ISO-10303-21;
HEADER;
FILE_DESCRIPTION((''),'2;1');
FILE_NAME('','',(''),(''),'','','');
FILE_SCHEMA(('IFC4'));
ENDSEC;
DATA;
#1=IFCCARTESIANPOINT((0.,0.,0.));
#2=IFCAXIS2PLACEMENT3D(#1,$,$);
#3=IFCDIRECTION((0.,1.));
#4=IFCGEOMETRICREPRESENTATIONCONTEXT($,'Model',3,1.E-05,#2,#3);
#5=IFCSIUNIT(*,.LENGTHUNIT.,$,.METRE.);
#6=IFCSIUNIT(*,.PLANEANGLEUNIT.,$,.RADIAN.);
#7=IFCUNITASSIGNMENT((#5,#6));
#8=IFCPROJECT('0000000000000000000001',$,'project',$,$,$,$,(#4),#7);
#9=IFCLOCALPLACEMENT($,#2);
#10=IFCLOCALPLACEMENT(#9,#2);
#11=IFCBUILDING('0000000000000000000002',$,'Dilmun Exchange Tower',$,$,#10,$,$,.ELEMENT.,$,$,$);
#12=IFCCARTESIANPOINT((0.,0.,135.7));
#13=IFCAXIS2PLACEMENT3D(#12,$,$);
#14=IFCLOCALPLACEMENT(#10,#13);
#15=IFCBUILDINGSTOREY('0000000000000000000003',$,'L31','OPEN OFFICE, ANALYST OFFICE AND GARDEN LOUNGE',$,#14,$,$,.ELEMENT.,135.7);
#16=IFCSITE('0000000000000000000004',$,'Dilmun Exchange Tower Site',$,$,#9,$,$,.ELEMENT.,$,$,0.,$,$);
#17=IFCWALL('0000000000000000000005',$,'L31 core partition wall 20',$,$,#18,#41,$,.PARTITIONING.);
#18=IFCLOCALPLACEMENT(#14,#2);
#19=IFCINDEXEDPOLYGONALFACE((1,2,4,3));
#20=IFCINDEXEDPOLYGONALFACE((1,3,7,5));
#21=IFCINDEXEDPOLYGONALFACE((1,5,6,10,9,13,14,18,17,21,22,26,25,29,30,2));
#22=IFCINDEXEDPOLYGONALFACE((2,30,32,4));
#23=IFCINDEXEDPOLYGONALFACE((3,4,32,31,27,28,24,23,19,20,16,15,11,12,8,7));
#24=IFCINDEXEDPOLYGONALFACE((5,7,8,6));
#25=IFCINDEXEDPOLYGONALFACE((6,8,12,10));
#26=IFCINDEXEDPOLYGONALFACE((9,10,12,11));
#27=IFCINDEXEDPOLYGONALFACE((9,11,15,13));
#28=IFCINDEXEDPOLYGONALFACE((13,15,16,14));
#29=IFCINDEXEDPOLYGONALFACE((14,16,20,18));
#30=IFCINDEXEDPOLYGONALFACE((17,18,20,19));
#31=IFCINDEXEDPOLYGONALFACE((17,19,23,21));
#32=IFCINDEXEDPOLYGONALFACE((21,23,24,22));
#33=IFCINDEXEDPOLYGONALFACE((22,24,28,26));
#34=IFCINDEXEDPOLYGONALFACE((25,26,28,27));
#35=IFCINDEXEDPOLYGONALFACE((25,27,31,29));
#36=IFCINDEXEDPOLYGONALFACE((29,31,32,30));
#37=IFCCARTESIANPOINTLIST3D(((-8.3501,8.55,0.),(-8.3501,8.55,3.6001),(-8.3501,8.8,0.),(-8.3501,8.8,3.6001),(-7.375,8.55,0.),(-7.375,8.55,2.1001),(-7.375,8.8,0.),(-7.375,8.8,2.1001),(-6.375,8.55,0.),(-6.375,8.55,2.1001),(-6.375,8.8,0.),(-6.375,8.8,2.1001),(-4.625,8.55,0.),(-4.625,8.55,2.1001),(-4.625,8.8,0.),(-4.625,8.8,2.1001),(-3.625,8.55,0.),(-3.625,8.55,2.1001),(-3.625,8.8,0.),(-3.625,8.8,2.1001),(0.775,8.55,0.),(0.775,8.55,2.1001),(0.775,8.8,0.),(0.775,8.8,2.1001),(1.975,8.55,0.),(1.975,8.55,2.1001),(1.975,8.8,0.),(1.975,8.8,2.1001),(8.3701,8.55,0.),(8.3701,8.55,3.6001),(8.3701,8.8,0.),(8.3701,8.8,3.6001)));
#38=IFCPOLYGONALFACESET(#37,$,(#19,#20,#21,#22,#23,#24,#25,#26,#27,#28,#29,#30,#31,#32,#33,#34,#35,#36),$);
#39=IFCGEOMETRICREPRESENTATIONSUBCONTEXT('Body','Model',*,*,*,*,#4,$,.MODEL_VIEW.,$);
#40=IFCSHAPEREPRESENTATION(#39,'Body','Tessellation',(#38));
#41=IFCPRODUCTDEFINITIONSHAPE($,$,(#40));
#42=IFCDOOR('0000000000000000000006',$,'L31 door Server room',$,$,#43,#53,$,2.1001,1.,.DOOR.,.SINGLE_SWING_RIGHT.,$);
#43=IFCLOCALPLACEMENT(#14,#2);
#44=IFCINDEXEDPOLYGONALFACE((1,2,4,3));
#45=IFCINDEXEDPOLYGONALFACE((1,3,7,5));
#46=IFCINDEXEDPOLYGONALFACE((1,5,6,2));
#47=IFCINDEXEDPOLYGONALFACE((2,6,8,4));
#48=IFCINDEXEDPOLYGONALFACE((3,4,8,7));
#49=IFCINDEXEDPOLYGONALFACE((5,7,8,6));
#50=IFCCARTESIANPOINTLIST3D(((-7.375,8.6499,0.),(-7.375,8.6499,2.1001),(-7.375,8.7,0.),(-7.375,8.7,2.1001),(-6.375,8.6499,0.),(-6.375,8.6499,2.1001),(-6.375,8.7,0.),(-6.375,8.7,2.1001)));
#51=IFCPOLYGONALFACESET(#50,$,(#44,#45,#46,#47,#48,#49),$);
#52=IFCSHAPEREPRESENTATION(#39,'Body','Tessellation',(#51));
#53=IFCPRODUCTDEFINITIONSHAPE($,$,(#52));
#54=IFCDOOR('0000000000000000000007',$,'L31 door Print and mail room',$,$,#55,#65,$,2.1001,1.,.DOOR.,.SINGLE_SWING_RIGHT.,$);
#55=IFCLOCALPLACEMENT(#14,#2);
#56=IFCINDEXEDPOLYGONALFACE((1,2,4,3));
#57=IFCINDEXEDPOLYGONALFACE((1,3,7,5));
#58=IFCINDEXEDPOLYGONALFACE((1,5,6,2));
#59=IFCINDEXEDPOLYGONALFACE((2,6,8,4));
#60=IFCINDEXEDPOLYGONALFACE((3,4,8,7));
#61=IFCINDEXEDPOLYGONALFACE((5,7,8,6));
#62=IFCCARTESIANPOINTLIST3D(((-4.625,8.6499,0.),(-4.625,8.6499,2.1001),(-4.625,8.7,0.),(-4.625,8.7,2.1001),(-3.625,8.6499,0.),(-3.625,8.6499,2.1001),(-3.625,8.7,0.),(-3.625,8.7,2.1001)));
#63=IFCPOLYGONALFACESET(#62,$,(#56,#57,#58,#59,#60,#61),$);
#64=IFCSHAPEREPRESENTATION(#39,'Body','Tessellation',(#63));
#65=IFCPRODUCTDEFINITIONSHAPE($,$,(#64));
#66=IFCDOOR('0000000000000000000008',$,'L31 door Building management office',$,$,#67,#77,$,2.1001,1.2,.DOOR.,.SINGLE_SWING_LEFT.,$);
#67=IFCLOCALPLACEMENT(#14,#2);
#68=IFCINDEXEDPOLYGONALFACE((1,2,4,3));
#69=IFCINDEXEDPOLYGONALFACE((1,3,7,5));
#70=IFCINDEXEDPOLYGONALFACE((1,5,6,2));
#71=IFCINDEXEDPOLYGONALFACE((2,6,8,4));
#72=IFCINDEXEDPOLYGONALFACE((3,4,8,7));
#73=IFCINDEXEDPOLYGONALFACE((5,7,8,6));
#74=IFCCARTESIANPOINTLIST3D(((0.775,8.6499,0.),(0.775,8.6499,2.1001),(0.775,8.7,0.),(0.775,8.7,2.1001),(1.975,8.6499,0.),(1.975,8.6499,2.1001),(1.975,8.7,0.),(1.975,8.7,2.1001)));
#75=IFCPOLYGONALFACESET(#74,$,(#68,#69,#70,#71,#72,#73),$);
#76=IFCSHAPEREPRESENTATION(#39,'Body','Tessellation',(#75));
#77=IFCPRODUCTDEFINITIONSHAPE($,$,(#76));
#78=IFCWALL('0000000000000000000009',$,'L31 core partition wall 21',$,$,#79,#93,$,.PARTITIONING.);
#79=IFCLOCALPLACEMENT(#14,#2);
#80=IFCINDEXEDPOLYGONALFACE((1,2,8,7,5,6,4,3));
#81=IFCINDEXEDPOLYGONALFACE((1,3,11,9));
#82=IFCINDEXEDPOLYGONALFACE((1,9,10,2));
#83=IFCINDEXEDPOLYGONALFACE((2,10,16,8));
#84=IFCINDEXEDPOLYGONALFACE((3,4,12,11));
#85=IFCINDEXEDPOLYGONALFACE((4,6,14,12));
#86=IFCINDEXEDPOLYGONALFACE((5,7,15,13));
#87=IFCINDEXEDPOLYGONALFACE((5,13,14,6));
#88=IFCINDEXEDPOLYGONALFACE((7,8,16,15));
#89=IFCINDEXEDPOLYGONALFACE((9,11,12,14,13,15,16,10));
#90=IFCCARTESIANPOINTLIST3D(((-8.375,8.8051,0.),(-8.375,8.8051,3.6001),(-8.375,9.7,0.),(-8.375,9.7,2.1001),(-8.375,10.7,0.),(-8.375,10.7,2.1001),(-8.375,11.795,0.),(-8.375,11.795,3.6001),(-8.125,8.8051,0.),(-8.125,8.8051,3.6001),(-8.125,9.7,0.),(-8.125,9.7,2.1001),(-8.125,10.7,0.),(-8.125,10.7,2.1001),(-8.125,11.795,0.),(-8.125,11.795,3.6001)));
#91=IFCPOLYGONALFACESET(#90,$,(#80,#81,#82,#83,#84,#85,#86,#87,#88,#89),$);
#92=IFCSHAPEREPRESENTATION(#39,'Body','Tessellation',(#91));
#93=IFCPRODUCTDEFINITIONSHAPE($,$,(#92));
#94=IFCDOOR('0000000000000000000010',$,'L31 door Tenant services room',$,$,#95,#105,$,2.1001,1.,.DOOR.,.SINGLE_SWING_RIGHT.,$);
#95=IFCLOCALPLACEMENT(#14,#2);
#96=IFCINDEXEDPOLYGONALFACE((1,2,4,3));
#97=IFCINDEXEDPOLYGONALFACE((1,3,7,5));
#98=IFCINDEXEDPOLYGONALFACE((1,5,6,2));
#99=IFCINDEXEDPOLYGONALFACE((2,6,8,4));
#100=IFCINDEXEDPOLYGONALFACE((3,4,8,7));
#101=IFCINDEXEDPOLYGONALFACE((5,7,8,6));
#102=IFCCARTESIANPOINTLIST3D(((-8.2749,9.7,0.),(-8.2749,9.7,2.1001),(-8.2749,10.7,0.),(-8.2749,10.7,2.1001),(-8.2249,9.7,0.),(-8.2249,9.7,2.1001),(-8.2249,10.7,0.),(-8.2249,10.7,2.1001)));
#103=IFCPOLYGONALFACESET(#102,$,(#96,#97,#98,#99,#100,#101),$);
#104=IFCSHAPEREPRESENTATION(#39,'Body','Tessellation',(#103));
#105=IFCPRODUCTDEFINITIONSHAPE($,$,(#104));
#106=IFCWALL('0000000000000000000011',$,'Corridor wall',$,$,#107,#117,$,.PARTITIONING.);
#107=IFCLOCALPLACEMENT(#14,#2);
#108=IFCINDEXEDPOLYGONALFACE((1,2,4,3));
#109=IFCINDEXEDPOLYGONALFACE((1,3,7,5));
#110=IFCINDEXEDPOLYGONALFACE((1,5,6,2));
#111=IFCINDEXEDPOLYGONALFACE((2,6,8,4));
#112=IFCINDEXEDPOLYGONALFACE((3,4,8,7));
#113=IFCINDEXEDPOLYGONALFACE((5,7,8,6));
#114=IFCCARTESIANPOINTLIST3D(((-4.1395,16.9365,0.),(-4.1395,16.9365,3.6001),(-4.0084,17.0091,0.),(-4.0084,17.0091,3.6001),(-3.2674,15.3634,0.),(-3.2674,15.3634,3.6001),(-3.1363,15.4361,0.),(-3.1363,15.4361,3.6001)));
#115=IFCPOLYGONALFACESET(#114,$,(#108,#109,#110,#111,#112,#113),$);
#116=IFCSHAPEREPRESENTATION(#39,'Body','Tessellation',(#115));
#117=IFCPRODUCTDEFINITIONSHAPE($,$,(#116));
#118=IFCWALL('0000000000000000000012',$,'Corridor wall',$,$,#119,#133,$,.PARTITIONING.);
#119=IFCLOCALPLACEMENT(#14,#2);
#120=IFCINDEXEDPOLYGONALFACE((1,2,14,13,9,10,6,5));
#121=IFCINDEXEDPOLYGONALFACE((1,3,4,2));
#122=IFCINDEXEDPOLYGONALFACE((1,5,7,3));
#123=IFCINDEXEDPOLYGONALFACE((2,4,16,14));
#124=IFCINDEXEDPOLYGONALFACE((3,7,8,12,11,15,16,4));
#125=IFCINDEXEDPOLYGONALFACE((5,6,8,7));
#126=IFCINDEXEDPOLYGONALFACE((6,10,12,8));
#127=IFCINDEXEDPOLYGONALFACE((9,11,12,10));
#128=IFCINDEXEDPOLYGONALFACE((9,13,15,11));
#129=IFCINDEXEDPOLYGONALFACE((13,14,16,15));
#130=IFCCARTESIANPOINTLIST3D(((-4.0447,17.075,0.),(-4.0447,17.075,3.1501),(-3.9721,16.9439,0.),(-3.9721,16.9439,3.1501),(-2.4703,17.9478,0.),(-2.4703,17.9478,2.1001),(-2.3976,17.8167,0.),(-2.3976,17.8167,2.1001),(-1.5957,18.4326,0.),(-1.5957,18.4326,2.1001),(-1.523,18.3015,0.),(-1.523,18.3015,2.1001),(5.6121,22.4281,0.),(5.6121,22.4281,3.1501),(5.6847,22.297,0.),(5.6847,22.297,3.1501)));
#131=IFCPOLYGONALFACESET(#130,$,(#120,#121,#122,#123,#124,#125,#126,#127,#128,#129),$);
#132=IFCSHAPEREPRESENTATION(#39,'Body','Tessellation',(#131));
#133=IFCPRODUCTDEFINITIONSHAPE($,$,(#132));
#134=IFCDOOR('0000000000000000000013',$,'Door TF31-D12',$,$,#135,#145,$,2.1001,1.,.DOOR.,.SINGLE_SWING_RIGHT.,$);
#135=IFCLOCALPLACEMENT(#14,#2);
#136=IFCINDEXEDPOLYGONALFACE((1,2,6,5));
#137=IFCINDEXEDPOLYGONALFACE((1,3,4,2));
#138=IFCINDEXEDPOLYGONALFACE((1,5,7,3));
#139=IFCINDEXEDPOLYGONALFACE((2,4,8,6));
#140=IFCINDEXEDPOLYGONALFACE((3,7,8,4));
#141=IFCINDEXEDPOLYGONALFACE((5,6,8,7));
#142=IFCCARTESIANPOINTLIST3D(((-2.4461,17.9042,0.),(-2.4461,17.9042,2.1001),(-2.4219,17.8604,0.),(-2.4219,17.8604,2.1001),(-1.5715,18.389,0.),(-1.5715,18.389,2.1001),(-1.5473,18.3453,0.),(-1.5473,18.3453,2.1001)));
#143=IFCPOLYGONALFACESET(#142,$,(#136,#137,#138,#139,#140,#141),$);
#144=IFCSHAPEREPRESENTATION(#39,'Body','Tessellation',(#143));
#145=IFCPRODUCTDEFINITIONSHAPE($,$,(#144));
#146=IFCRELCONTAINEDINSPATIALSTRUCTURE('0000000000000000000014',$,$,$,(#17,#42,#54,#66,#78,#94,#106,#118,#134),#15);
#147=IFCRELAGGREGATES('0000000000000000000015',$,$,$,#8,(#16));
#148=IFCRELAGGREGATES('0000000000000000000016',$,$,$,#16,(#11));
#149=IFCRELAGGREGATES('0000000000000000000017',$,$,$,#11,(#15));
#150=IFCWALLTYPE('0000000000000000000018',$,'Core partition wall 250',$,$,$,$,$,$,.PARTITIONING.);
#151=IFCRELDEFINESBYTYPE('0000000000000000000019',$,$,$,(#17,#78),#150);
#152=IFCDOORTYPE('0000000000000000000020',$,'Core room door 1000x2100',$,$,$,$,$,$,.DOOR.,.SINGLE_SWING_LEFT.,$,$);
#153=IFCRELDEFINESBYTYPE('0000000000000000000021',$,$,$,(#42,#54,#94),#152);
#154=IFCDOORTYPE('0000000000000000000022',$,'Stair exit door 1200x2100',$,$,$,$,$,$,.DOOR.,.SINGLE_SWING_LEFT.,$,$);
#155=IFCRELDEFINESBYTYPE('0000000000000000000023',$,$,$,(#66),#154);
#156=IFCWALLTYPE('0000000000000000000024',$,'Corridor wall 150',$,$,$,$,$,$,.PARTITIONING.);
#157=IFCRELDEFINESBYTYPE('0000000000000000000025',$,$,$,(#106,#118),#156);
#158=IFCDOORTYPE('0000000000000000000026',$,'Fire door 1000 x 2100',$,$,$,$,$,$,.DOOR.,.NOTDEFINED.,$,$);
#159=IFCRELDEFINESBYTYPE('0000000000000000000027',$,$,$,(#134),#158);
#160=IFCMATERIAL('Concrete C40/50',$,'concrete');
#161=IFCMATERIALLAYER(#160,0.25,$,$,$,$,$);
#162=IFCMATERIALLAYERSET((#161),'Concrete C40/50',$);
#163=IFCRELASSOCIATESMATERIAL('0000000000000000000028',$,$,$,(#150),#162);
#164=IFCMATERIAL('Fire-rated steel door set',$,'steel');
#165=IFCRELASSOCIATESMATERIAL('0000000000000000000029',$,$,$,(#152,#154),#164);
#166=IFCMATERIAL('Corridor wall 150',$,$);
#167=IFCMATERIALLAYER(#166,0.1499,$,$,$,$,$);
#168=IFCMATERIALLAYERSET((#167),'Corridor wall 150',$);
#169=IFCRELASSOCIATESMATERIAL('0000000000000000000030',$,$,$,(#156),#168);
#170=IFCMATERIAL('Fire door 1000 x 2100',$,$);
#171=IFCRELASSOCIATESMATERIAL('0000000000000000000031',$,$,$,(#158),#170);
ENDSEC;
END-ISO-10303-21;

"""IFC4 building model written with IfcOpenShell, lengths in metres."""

from ifc_helpers import new_model, si_unit, direction, frame, frame_2d, origin, place, context, subcontext, project, spatial, rectangle, extrude, material, layer, layer_set, type_object, element, fill, save


model = new_model("IFC4")

# Units and contexts
model_context = context("Model", 3, precision=1e-05, world=origin(), true_north=direction((0.0, 1.0)))
body_context = subcontext(model_context, "Body", "Model", "MODEL_VIEW")
ifc_project = project(units=[si_unit("LENGTHUNIT", "METRE"), si_unit("PLANEANGLEUNIT", "RADIAN")], contexts=[model_context])

# Site, building, storey
site_placement = place(None, origin())
site = spatial("IfcSite", under=ifc_project, at=site_placement, Name="Dilmun Exchange Tower Site", CompositionType="ELEMENT", RefElevation=0.0)
building_placement = place(site_placement, origin())
building = spatial("IfcBuilding", under=site, at=building_placement, Name="Dilmun Exchange Tower", CompositionType="ELEMENT")
storey_placement = place(building_placement, frame((0.0, 0.0, 135.7)))
storey = spatial("IfcBuildingStorey", under=building, at=storey_placement, Name="L31", Description="OPEN OFFICE, ANALYST OFFICE AND GARDEN LOUNGE", CompositionType="ELEMENT", Elevation=135.7)

# Shared definitions
ifc_material_1 = material(Name="Concrete C40/50", Category="concrete")

# Shared definitions
ifc_material_2 = material(Name="Fire-rated steel door set", Category="steel")

# Shared definitions
ifc_layer_1 = layer(ifc_material_1, 0.25)
ifc_layer_set_1 = layer_set([ifc_layer_1], Name="Concrete C40/50")
wall_type_1 = type_object("IfcWallType", Name="Core partition wall 250", PredefinedType="PARTITIONING", material=ifc_layer_set_1)

# Wall, openings, doors
wall_1_placement = place(storey_placement, frame((-8.3501, 8.675, 0.0), z_axis=(0.0, 0.0, 1.0), x_axis=(1.0, 0.0, 0.0)))
wall_1 = element("IfcWall", 1, at=wall_1_placement, inside=storey, type_object=wall_type_1, Name="L31 core partition wall 20", PredefinedType="PARTITIONING", context=body_context, shape_type="SweptSolid", body=[
    extrude(rectangle(XDim=16.7202, YDim=0.25, at=frame_2d((8.3601, 0.0))), origin(), (0.0, 0.0, 1.0), 3.6001),
])
opening_1_placement = place(wall_1_placement, frame((0.9751, 0.0, 0.0)))
opening_1 = element("IfcOpeningElement", 2, at=opening_1_placement, cuts=wall_1, PredefinedType="OPENING", context=body_context, shape_type="SweptSolid", body=[
    extrude(rectangle(XDim=1.0, YDim=2.1001, at=frame_2d((0.5, 1.05))), frame((0.0, 0.135, 0.0), z_axis=(0.0, -1.0, 0.0), x_axis=(1.0, 0.0, 0.0)), (0.0, 0.0, 1.0), 0.27),
])
opening_2_placement = place(wall_1_placement, frame((3.7251, 0.0, 0.0)))
opening_2 = element("IfcOpeningElement", 3, at=opening_2_placement, cuts=wall_1, PredefinedType="OPENING", context=body_context, shape_type="SweptSolid", body=[
    extrude(rectangle(XDim=1.0, YDim=2.1001, at=frame_2d((0.5, 1.05))), frame((0.0, 0.135, 0.0), z_axis=(0.0, -1.0, 0.0), x_axis=(1.0, 0.0, 0.0)), (0.0, 0.0, 1.0), 0.27),
])
opening_3_placement = place(wall_1_placement, frame((9.125, 0.0, 0.0)))
opening_3 = element("IfcOpeningElement", 4, at=opening_3_placement, cuts=wall_1, PredefinedType="OPENING", context=body_context, shape_type="SweptSolid", body=[
    extrude(rectangle(XDim=1.2, YDim=2.1001, at=frame_2d((0.6001, 1.05))), frame((0.0, 0.135, 0.0), z_axis=(0.0, -1.0, 0.0), x_axis=(1.0, 0.0, 0.0)), (0.0, 0.0, 1.0), 0.27),
])
door_type_1 = type_object("IfcDoorType", Name="Core room door 1000x2100", OperationType="SINGLE_SWING_LEFT", PredefinedType="DOOR", material=ifc_material_2)
door_1_placement = place(opening_1_placement, origin())
door_1 = element("IfcDoor", 5, at=door_1_placement, inside=storey, type_object=door_type_1, Name="L31 door Server room", OperationType="SINGLE_SWING_RIGHT", OverallHeight=2.1001, OverallWidth=1.0, PredefinedType="DOOR", context=body_context, shape_type="SweptSolid", body=[
    extrude(rectangle(XDim=1.0, YDim=2.1001, at=frame_2d((0.5, 1.05))), frame((0.0, 0.0249, 0.0), z_axis=(0.0, -1.0, 0.0), x_axis=(1.0, 0.0, 0.0)), (0.0, 0.0, 1.0), 0.05),
])
fill(opening_1, door_1)
door_2_placement = place(opening_2_placement, origin())
door_2 = element("IfcDoor", 6, at=door_2_placement, inside=storey, type_object=door_type_1, Name="L31 door Print and mail room", OperationType="SINGLE_SWING_RIGHT", OverallHeight=2.1001, OverallWidth=1.0, PredefinedType="DOOR", context=body_context, shape_type="SweptSolid", body=[
    extrude(rectangle(XDim=1.0, YDim=2.1001, at=frame_2d((0.5, 1.05))), frame((0.0, 0.0249, 0.0), z_axis=(0.0, -1.0, 0.0), x_axis=(1.0, 0.0, 0.0)), (0.0, 0.0, 1.0), 0.05),
])
fill(opening_2, door_2)
door_type_2 = type_object("IfcDoorType", Name="Stair exit door 1200x2100", OperationType="SINGLE_SWING_LEFT", PredefinedType="DOOR", material=ifc_material_2)
door_3_placement = place(opening_3_placement, origin())
door_3 = element("IfcDoor", 7, at=door_3_placement, inside=storey, type_object=door_type_2, Name="L31 door Building management office", OperationType="SINGLE_SWING_LEFT", OverallHeight=2.1001, OverallWidth=1.2, PredefinedType="DOOR", context=body_context, shape_type="SweptSolid", body=[
    extrude(rectangle(XDim=1.2, YDim=2.1001, at=frame_2d((0.6001, 1.05))), frame((0.0, 0.0249, 0.0), z_axis=(0.0, -1.0, 0.0), x_axis=(1.0, 0.0, 0.0)), (0.0, 0.0, 1.0), 0.05),
])
fill(opening_3, door_3)

# Wall, opening, door
wall_2_placement = place(storey_placement, frame((-8.25, 8.8049, 0.0), z_axis=(0.0, 0.0, 1.0), x_axis=(0.0, 1.0, 0.0)))
wall_2 = element("IfcWall", 8, at=wall_2_placement, inside=storey, type_object=wall_type_1, Name="L31 core partition wall 21", PredefinedType="PARTITIONING", context=body_context, shape_type="SweptSolid", body=[
    extrude(rectangle(XDim=2.99, YDim=0.25, at=frame_2d((1.4951, 0.0))), origin(), (0.0, 0.0, 1.0), 3.6001),
])
opening_4_placement = place(wall_2_placement, frame((0.895, 0.0, 0.0)))
opening_4 = element("IfcOpeningElement", 9, at=opening_4_placement, cuts=wall_2, PredefinedType="OPENING", context=body_context, shape_type="SweptSolid", body=[
    extrude(rectangle(XDim=1.0, YDim=2.1001, at=frame_2d((0.5, 1.05))), frame((0.0, 0.135, 0.0), z_axis=(0.0, -1.0, 0.0), x_axis=(1.0, 0.0, 0.0)), (0.0, 0.0, 1.0), 0.27),
])
door_4_placement = place(opening_4_placement, origin())
door_4 = element("IfcDoor", 10, at=door_4_placement, inside=storey, type_object=door_type_1, Name="L31 door Tenant services room", OperationType="SINGLE_SWING_RIGHT", OverallHeight=2.1001, OverallWidth=1.0, PredefinedType="DOOR", context=body_context, shape_type="SweptSolid", body=[
    extrude(rectangle(XDim=1.0, YDim=2.1001, at=frame_2d((0.5, 1.05))), frame((0.0, 0.0249, 0.0), z_axis=(0.0, -1.0, 0.0), x_axis=(1.0, 0.0, 0.0)), (0.0, 0.0, 1.0), 0.05),
])
fill(opening_4, door_4)

# Wall
ifc_material_3 = material(Name="Corridor wall 150")
ifc_layer_2 = layer(ifc_material_3, 0.1499)
ifc_layer_set_2 = layer_set([ifc_layer_2], Name="Corridor wall 150")
wall_type_2 = type_object("IfcWallType", Name="Corridor wall 150", PredefinedType="PARTITIONING", material=ifc_layer_set_2)
wall_3_placement = place(storey_placement, frame((-4.074, 16.9729, 0.0), z_axis=(0.0, 0.0, 1.0), x_axis=(0.484871, -0.874586, 0.0)))
element("IfcWall", 11, at=wall_3_placement, inside=storey, type_object=wall_type_2, Name="Corridor wall", PredefinedType="PARTITIONING", context=body_context, shape_type="SweptSolid", body=[
    extrude(rectangle(XDim=1.7986, YDim=0.1499, at=frame_2d((0.8994, 0.0))), origin(), (0.0, 0.0, 1.0), 3.6001),
])

# Wall, opening, door
wall_4_placement = place(storey_placement, frame((-4.0083, 17.0095, 0.0), z_axis=(0.0, 0.0, 1.0), x_axis=(0.874612, 0.484824, 0.0)))
wall_4 = element("IfcWall", 12, at=wall_4_placement, inside=storey, type_object=wall_type_2, Name="Corridor wall", PredefinedType="PARTITIONING", context=body_context, shape_type="SweptSolid", body=[
    extrude(rectangle(XDim=11.0413, YDim=0.1499, at=frame_2d((5.5205, 0.0))), origin(), (0.0, 0.0, 1.0), 3.1501),
])
opening_5_placement = place(wall_4_placement, frame((1.8, 0.0, 0.0)))
opening_5 = element("IfcOpeningElement", 13, at=opening_5_placement, cuts=wall_4, PredefinedType="OPENING", context=body_context, shape_type="SweptSolid", body=[
    extrude(rectangle(XDim=1.0, YDim=2.1001, at=frame_2d((0.5, 1.05))), frame((0.0, 0.085, 0.0), z_axis=(0.0, -1.0, 0.0), x_axis=(1.0, 0.0, 0.0)), (0.0, 0.0, 1.0), 0.1699),
])
ifc_material_4 = material(Name="Fire door 1000 x 2100")
door_type_3 = type_object("IfcDoorType", Name="Fire door 1000 x 2100", OperationType="NOTDEFINED", PredefinedType="DOOR", material=ifc_material_4)
door_5_placement = place(opening_5_placement, frame((1.0, 0.0, 0.0), z_axis=(0.0, 0.0, 1.0), x_axis=(-1.0, 0.0, 0.0)))
door_5 = element("IfcDoor", 14, at=door_5_placement, inside=storey, type_object=door_type_3, Name="Door TF31-D12", OperationType="SINGLE_SWING_RIGHT", OverallHeight=2.1001, OverallWidth=1.0, PredefinedType="DOOR", context=body_context, shape_type="SweptSolid", body=[
    extrude(rectangle(XDim=1.0, YDim=2.1001, at=frame_2d((0.5, 1.05))), frame((0.0, 0.0249, 0.0), z_axis=(0.0, -1.0, 0.0), x_axis=(1.0, 0.0, 0.0)), (0.0, 0.0, 1.0), 0.05),
])
fill(opening_5, door_5)

save(model, "model.ifc")
